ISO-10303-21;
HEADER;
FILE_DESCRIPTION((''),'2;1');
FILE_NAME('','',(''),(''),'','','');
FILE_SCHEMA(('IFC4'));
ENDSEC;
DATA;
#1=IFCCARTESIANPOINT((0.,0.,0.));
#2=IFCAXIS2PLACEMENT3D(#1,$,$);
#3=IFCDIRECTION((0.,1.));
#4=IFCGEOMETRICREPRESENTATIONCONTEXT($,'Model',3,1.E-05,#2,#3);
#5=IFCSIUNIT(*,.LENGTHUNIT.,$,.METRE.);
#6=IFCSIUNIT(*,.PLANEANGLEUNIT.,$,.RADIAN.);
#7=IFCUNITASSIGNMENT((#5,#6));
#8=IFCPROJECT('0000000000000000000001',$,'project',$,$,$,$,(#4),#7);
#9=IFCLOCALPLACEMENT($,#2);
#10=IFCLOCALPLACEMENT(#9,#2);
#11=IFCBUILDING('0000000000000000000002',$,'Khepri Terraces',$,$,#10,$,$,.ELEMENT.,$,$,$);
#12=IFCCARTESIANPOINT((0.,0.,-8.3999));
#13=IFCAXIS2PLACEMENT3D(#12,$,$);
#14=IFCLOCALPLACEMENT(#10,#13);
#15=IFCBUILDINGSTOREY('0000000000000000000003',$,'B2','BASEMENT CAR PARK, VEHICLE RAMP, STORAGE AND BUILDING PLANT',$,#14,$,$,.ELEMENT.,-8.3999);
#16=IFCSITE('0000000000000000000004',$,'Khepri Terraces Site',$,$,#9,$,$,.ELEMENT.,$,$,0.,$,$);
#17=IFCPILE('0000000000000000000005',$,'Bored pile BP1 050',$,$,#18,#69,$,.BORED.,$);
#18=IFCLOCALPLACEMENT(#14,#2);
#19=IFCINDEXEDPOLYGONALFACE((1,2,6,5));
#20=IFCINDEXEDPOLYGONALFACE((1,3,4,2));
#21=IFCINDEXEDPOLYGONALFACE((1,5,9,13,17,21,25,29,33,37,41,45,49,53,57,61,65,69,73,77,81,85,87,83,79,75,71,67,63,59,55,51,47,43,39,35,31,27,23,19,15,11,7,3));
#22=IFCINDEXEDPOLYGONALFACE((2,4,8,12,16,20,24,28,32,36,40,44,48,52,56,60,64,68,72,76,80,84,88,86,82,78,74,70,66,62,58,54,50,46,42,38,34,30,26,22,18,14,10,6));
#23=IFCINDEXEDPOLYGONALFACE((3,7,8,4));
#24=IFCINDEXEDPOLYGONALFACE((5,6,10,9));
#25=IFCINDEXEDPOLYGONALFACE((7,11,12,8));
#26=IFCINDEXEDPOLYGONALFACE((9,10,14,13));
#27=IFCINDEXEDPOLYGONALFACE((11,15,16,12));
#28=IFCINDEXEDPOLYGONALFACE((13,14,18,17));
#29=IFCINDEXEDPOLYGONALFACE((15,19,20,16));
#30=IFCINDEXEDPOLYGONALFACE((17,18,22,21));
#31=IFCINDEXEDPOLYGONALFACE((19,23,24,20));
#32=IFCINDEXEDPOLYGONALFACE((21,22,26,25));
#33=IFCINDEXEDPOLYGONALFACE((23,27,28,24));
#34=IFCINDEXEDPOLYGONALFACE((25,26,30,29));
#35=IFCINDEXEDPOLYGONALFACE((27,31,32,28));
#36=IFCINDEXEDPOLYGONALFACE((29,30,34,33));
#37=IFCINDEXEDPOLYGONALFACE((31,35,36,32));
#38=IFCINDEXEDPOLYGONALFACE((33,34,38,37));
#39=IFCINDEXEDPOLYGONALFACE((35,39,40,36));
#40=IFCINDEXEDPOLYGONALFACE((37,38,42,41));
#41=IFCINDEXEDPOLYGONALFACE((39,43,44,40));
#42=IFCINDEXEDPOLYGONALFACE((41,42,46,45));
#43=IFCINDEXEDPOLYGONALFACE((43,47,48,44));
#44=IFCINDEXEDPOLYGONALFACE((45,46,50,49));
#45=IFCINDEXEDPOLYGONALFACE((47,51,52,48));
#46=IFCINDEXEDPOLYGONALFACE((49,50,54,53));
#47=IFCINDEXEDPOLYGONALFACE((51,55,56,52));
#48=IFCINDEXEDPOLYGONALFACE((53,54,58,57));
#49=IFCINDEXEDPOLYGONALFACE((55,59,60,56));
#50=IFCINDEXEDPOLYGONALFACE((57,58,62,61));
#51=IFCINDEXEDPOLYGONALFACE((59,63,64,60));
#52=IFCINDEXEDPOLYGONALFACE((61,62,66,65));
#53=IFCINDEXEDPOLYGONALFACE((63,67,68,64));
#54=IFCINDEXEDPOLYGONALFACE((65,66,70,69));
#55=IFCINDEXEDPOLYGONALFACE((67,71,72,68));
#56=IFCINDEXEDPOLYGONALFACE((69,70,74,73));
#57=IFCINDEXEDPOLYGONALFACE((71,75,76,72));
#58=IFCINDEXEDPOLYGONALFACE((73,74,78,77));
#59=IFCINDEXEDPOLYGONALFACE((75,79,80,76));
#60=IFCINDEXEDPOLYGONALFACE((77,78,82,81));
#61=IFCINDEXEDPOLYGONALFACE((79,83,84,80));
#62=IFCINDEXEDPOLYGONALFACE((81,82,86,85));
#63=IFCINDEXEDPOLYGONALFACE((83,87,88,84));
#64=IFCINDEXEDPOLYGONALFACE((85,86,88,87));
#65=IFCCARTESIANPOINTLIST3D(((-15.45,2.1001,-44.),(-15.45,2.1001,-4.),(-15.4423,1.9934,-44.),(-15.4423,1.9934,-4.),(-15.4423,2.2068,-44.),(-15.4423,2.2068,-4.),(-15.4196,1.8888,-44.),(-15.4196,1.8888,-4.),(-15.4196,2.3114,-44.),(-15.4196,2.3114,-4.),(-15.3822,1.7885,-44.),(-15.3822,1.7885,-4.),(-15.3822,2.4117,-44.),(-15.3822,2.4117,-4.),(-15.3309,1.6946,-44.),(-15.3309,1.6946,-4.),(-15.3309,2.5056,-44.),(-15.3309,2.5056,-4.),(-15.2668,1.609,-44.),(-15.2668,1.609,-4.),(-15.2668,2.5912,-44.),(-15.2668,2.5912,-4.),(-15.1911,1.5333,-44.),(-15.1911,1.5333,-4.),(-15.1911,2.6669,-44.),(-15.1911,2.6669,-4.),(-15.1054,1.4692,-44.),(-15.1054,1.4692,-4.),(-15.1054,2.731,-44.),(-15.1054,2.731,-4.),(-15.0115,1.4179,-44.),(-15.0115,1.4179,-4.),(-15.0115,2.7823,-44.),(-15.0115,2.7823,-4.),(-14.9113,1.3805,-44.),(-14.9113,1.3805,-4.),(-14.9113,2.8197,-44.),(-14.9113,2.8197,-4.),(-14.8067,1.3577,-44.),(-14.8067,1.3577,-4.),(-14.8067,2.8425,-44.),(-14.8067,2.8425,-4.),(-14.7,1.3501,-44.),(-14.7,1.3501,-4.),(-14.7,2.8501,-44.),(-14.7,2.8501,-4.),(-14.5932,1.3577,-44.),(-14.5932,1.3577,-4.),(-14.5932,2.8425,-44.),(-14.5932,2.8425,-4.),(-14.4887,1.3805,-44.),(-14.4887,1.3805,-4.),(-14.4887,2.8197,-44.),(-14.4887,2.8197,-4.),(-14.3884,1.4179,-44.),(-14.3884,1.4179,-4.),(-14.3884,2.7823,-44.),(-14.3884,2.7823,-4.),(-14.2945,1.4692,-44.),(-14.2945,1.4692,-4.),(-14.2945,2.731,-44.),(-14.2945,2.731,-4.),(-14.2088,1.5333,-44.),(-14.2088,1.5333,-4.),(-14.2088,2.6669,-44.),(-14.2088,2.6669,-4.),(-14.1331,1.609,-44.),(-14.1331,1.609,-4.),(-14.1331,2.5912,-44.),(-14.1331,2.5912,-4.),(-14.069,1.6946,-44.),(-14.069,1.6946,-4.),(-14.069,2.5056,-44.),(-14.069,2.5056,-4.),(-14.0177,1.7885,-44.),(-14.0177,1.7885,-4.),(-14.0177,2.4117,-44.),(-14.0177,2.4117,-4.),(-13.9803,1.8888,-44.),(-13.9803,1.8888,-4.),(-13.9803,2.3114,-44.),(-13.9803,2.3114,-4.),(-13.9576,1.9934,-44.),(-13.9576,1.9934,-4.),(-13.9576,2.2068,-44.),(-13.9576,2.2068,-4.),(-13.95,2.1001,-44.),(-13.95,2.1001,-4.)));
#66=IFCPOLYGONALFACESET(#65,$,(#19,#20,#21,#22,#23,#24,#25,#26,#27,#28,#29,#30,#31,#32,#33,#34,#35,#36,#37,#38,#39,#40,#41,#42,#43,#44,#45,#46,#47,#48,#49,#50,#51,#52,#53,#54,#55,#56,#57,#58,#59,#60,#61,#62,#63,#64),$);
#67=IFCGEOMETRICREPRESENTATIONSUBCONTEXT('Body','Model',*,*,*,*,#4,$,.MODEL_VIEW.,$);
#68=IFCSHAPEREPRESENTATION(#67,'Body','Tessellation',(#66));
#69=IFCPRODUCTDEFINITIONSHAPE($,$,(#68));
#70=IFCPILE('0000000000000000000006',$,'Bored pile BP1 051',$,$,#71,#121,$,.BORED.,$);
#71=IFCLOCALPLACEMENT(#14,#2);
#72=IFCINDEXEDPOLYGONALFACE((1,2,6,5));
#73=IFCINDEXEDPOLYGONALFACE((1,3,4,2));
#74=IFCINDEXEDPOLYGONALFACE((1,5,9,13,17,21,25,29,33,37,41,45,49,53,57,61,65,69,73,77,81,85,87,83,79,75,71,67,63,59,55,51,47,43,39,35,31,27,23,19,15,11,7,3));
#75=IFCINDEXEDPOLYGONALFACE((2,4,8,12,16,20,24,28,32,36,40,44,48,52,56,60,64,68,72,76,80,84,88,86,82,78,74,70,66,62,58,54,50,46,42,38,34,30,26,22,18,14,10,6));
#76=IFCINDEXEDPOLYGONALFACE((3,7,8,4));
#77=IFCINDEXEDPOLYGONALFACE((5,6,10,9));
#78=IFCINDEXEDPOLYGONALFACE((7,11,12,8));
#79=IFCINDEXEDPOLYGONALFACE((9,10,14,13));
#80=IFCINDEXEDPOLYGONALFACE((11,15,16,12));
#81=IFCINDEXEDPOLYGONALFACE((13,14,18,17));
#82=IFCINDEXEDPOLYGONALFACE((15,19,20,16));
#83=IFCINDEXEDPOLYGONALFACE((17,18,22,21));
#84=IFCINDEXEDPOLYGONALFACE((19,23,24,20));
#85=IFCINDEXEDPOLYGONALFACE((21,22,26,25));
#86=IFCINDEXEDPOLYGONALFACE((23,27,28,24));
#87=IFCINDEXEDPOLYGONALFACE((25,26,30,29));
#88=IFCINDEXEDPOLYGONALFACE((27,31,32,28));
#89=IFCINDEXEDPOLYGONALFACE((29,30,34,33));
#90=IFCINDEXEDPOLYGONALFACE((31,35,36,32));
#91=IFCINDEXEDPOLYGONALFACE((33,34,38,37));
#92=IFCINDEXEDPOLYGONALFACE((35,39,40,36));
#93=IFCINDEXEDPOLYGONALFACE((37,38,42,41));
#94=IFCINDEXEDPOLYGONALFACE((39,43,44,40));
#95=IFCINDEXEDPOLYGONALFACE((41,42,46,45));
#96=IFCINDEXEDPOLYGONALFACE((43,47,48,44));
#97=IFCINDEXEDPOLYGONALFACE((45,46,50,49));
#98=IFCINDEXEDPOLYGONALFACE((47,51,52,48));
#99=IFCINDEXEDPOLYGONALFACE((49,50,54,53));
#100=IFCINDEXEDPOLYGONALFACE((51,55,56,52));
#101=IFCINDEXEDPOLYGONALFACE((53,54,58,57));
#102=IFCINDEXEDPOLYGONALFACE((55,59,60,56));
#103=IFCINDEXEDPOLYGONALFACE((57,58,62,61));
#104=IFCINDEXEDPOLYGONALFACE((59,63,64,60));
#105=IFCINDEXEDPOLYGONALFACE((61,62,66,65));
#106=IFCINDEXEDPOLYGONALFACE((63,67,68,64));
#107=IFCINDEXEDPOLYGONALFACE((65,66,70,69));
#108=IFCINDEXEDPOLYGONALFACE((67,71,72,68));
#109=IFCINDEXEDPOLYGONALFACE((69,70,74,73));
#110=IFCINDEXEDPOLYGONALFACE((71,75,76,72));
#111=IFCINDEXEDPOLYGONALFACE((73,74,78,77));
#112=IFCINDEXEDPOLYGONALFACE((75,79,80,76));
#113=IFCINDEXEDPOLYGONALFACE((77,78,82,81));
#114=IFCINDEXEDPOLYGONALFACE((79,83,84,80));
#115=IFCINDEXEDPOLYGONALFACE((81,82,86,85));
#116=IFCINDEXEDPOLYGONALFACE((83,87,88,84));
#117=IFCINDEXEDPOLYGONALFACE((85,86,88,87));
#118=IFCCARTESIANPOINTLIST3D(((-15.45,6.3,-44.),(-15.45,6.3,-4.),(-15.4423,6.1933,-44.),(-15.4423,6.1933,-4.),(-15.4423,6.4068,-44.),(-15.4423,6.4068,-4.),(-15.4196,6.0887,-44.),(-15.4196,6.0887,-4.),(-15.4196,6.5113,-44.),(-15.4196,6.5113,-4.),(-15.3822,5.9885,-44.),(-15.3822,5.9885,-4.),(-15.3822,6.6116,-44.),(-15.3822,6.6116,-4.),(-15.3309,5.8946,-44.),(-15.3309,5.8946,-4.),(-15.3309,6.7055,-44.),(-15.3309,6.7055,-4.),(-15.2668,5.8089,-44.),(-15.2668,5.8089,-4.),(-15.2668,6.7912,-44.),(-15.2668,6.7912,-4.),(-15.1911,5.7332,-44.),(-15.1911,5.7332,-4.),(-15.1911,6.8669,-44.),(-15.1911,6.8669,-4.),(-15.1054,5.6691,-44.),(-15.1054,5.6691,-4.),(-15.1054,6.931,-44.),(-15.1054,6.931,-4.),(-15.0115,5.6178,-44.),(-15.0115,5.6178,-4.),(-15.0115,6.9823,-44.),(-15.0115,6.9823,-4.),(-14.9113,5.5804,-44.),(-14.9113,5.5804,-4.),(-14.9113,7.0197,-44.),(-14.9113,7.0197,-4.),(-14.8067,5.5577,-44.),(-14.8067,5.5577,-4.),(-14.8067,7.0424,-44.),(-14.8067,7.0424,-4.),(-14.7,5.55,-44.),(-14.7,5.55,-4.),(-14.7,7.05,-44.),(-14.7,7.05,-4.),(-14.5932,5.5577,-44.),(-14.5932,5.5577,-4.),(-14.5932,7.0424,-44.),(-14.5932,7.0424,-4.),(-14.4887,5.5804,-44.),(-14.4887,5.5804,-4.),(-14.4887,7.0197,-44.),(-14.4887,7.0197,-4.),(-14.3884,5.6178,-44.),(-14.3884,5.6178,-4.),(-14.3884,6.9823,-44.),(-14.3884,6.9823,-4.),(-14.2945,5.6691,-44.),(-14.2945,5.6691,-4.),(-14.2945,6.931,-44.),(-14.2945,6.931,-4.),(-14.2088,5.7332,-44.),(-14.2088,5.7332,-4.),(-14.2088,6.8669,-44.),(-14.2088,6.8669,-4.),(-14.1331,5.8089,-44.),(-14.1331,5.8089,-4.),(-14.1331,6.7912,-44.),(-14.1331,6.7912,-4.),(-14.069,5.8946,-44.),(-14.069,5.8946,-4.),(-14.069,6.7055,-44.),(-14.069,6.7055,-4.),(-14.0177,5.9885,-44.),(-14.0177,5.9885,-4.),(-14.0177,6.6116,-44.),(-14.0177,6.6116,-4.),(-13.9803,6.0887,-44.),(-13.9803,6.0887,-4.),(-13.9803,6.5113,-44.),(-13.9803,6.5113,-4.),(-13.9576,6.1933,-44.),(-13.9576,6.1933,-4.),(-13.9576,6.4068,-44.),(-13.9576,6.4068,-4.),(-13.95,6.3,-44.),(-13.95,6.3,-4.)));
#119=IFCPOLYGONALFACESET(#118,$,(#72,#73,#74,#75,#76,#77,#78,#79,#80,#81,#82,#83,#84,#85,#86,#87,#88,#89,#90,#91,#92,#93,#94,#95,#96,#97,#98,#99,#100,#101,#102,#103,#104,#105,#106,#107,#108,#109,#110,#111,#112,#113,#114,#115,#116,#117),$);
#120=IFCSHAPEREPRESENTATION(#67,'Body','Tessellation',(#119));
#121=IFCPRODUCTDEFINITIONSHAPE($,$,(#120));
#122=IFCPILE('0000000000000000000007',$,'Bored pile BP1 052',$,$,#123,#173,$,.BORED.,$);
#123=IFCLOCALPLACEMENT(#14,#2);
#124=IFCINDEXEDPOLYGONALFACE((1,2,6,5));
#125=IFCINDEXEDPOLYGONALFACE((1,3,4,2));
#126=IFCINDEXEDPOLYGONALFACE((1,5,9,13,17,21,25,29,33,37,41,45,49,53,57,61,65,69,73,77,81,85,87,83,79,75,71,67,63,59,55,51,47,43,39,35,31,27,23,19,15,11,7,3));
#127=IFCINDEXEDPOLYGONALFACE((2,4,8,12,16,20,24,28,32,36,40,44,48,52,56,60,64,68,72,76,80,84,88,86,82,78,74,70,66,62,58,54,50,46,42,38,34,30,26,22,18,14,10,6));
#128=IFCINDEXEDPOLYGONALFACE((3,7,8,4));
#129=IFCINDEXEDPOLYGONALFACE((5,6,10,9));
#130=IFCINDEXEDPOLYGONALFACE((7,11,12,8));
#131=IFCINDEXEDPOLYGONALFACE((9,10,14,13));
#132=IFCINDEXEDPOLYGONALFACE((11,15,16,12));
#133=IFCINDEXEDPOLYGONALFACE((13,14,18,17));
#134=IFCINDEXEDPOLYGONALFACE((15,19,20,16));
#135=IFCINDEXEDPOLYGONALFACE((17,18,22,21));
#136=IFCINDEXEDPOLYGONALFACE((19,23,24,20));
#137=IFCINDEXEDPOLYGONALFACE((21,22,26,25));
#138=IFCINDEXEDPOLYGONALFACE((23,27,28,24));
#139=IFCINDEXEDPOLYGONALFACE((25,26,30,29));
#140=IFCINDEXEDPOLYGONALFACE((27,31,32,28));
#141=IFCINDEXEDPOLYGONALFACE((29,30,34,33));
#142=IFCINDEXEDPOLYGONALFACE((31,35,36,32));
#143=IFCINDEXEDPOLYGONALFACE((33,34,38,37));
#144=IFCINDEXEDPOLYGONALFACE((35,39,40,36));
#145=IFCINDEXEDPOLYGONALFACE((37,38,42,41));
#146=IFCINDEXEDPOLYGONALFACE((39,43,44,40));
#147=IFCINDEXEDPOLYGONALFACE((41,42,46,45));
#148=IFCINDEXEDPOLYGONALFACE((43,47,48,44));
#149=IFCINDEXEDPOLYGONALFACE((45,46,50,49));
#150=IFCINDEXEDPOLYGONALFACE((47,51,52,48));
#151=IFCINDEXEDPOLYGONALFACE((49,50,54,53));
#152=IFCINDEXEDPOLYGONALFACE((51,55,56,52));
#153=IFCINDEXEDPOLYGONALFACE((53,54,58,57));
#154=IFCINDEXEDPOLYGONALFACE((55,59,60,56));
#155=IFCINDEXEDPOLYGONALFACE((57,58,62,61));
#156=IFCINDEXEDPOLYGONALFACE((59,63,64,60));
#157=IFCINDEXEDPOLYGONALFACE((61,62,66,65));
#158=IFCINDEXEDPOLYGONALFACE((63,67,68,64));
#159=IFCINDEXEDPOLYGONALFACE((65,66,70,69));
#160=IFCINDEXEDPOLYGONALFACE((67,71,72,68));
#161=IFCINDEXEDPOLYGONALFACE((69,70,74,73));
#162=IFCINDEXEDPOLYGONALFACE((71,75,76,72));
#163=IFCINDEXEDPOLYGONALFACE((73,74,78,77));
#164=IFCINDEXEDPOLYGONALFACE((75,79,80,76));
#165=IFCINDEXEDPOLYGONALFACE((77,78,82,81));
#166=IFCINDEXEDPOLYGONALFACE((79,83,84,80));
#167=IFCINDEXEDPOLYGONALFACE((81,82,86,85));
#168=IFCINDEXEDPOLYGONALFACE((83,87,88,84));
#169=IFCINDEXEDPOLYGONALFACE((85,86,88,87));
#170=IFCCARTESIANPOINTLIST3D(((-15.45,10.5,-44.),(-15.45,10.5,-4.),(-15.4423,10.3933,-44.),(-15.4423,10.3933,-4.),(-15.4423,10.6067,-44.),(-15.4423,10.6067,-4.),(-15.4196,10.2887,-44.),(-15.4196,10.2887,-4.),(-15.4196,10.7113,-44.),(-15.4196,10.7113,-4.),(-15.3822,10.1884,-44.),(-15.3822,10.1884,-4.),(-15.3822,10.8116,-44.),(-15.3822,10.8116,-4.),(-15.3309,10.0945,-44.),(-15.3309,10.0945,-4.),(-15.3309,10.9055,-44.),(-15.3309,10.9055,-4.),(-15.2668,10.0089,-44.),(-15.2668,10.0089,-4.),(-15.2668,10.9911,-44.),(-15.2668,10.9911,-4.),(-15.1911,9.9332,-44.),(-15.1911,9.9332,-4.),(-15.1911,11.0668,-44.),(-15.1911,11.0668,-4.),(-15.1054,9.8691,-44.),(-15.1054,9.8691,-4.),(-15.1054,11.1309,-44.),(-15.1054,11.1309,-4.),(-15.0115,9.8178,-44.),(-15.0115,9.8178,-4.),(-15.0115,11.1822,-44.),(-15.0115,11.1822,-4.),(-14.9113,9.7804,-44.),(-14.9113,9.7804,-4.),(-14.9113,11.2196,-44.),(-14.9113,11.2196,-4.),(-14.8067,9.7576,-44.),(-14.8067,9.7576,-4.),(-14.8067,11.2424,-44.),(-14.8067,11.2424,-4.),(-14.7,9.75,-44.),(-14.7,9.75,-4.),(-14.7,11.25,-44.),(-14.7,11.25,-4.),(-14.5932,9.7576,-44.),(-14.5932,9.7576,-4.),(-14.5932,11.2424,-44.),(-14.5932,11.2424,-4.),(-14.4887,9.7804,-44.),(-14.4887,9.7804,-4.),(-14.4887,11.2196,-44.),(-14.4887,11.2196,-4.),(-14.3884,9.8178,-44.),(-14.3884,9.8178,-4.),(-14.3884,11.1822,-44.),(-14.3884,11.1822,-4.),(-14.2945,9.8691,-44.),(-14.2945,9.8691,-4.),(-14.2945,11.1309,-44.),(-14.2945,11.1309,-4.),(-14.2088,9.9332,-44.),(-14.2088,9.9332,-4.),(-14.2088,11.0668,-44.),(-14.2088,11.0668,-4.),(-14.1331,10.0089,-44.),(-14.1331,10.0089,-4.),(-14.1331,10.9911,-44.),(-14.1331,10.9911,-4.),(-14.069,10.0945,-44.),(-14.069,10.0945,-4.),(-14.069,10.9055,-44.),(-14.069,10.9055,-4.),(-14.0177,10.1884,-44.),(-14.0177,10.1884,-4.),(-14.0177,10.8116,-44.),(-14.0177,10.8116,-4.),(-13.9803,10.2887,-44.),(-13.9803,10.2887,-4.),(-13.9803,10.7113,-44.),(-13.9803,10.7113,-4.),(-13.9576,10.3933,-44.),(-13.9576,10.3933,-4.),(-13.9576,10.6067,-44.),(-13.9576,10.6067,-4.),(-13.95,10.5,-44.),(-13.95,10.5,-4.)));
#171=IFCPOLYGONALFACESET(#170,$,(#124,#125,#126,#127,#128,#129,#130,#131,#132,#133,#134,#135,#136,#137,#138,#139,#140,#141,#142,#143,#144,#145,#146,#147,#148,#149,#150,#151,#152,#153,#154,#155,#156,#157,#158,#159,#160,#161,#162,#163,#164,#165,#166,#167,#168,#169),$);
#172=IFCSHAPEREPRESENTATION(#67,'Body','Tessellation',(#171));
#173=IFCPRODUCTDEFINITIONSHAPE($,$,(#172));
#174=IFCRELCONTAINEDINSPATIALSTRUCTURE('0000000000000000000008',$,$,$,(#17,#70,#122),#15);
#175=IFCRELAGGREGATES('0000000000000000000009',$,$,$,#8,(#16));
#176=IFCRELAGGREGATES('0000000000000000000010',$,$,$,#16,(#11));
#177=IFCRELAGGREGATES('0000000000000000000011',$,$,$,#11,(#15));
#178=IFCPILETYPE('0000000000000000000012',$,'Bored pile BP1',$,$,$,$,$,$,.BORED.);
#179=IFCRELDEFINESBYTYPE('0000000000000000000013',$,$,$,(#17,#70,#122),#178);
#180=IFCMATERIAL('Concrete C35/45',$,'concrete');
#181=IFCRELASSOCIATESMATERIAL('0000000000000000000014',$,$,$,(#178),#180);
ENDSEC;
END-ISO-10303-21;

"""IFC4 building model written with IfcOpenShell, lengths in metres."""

from ifc_helpers import new_model, si_unit, direction, frame, origin, origin_2d, place, context, subcontext, project, spatial, circle, extrude, material, material_profile, profile_set, type_object, element, save


model = new_model("IFC4")

# Units and contexts
model_context = context("Model", 3, precision=1e-05, world=origin(), true_north=direction((0.0, 1.0)))
body_context = subcontext(model_context, "Body", "Model", "MODEL_VIEW")
ifc_project = project(units=[si_unit("LENGTHUNIT", "METRE"), si_unit("PLANEANGLEUNIT", "RADIAN")], contexts=[model_context])

# Site, building, storey
site_placement = place(None, origin())
site = spatial("IfcSite", under=ifc_project, at=site_placement, Name="Khepri Terraces Site", CompositionType="ELEMENT", RefElevation=0.0)
building_placement = place(site_placement, origin())
building = spatial("IfcBuilding", under=site, at=building_placement, Name="Khepri Terraces", CompositionType="ELEMENT")
storey_placement = place(building_placement, frame((0.0, 0.0, -8.3999)))
storey = spatial("IfcBuildingStorey", under=building, at=storey_placement, Name="B2", Description="BASEMENT CAR PARK, VEHICLE RAMP, STORAGE AND BUILDING PLANT", CompositionType="ELEMENT", Elevation=-8.3999)

# Piles
ifc_material_1 = material(Name="Concrete C35/45", Category="concrete")
ifc_material_profile_1 = material_profile(ifc_material_1, circle(Radius=0.75, at=origin_2d()), Name="Concrete C35/45", Category="concrete")
ifc_profile_set_1 = profile_set([ifc_material_profile_1], Name="Concrete C35/45")
pile_type = type_object("IfcPileType", Name="Bored pile BP1", PredefinedType="BORED", material=ifc_profile_set_1)
for number, where, z_axis, x_axis, name in (
    (1, (-14.7, 2.1001, -4.0), (0.0, 0.0, -1.0), (1.0, 0.0, 0.0), "Bored pile BP1 050"),
    (2, (-14.7, 6.3, -4.0), (0.0, 0.0, -1.0), (1.0, 0.0, 0.0), "Bored pile BP1 051"),
    (3, (-14.7, 10.5, -4.0), (0.0, 0.0, -1.0), (1.0, 0.0, 0.0), "Bored pile BP1 052"),
):
    element("IfcPile", number, at=place(storey_placement, frame(where, z_axis=z_axis, x_axis=x_axis)), inside=storey, type_object=pile_type, Name=name, PredefinedType="BORED", context=body_context, shape_type="SweptSolid", body=[
        extrude(circle(Radius=0.75, at=origin_2d()), origin(), (0.0, 0.0, 1.0), 40.0),
    ])

save(model, "model.ifc")
